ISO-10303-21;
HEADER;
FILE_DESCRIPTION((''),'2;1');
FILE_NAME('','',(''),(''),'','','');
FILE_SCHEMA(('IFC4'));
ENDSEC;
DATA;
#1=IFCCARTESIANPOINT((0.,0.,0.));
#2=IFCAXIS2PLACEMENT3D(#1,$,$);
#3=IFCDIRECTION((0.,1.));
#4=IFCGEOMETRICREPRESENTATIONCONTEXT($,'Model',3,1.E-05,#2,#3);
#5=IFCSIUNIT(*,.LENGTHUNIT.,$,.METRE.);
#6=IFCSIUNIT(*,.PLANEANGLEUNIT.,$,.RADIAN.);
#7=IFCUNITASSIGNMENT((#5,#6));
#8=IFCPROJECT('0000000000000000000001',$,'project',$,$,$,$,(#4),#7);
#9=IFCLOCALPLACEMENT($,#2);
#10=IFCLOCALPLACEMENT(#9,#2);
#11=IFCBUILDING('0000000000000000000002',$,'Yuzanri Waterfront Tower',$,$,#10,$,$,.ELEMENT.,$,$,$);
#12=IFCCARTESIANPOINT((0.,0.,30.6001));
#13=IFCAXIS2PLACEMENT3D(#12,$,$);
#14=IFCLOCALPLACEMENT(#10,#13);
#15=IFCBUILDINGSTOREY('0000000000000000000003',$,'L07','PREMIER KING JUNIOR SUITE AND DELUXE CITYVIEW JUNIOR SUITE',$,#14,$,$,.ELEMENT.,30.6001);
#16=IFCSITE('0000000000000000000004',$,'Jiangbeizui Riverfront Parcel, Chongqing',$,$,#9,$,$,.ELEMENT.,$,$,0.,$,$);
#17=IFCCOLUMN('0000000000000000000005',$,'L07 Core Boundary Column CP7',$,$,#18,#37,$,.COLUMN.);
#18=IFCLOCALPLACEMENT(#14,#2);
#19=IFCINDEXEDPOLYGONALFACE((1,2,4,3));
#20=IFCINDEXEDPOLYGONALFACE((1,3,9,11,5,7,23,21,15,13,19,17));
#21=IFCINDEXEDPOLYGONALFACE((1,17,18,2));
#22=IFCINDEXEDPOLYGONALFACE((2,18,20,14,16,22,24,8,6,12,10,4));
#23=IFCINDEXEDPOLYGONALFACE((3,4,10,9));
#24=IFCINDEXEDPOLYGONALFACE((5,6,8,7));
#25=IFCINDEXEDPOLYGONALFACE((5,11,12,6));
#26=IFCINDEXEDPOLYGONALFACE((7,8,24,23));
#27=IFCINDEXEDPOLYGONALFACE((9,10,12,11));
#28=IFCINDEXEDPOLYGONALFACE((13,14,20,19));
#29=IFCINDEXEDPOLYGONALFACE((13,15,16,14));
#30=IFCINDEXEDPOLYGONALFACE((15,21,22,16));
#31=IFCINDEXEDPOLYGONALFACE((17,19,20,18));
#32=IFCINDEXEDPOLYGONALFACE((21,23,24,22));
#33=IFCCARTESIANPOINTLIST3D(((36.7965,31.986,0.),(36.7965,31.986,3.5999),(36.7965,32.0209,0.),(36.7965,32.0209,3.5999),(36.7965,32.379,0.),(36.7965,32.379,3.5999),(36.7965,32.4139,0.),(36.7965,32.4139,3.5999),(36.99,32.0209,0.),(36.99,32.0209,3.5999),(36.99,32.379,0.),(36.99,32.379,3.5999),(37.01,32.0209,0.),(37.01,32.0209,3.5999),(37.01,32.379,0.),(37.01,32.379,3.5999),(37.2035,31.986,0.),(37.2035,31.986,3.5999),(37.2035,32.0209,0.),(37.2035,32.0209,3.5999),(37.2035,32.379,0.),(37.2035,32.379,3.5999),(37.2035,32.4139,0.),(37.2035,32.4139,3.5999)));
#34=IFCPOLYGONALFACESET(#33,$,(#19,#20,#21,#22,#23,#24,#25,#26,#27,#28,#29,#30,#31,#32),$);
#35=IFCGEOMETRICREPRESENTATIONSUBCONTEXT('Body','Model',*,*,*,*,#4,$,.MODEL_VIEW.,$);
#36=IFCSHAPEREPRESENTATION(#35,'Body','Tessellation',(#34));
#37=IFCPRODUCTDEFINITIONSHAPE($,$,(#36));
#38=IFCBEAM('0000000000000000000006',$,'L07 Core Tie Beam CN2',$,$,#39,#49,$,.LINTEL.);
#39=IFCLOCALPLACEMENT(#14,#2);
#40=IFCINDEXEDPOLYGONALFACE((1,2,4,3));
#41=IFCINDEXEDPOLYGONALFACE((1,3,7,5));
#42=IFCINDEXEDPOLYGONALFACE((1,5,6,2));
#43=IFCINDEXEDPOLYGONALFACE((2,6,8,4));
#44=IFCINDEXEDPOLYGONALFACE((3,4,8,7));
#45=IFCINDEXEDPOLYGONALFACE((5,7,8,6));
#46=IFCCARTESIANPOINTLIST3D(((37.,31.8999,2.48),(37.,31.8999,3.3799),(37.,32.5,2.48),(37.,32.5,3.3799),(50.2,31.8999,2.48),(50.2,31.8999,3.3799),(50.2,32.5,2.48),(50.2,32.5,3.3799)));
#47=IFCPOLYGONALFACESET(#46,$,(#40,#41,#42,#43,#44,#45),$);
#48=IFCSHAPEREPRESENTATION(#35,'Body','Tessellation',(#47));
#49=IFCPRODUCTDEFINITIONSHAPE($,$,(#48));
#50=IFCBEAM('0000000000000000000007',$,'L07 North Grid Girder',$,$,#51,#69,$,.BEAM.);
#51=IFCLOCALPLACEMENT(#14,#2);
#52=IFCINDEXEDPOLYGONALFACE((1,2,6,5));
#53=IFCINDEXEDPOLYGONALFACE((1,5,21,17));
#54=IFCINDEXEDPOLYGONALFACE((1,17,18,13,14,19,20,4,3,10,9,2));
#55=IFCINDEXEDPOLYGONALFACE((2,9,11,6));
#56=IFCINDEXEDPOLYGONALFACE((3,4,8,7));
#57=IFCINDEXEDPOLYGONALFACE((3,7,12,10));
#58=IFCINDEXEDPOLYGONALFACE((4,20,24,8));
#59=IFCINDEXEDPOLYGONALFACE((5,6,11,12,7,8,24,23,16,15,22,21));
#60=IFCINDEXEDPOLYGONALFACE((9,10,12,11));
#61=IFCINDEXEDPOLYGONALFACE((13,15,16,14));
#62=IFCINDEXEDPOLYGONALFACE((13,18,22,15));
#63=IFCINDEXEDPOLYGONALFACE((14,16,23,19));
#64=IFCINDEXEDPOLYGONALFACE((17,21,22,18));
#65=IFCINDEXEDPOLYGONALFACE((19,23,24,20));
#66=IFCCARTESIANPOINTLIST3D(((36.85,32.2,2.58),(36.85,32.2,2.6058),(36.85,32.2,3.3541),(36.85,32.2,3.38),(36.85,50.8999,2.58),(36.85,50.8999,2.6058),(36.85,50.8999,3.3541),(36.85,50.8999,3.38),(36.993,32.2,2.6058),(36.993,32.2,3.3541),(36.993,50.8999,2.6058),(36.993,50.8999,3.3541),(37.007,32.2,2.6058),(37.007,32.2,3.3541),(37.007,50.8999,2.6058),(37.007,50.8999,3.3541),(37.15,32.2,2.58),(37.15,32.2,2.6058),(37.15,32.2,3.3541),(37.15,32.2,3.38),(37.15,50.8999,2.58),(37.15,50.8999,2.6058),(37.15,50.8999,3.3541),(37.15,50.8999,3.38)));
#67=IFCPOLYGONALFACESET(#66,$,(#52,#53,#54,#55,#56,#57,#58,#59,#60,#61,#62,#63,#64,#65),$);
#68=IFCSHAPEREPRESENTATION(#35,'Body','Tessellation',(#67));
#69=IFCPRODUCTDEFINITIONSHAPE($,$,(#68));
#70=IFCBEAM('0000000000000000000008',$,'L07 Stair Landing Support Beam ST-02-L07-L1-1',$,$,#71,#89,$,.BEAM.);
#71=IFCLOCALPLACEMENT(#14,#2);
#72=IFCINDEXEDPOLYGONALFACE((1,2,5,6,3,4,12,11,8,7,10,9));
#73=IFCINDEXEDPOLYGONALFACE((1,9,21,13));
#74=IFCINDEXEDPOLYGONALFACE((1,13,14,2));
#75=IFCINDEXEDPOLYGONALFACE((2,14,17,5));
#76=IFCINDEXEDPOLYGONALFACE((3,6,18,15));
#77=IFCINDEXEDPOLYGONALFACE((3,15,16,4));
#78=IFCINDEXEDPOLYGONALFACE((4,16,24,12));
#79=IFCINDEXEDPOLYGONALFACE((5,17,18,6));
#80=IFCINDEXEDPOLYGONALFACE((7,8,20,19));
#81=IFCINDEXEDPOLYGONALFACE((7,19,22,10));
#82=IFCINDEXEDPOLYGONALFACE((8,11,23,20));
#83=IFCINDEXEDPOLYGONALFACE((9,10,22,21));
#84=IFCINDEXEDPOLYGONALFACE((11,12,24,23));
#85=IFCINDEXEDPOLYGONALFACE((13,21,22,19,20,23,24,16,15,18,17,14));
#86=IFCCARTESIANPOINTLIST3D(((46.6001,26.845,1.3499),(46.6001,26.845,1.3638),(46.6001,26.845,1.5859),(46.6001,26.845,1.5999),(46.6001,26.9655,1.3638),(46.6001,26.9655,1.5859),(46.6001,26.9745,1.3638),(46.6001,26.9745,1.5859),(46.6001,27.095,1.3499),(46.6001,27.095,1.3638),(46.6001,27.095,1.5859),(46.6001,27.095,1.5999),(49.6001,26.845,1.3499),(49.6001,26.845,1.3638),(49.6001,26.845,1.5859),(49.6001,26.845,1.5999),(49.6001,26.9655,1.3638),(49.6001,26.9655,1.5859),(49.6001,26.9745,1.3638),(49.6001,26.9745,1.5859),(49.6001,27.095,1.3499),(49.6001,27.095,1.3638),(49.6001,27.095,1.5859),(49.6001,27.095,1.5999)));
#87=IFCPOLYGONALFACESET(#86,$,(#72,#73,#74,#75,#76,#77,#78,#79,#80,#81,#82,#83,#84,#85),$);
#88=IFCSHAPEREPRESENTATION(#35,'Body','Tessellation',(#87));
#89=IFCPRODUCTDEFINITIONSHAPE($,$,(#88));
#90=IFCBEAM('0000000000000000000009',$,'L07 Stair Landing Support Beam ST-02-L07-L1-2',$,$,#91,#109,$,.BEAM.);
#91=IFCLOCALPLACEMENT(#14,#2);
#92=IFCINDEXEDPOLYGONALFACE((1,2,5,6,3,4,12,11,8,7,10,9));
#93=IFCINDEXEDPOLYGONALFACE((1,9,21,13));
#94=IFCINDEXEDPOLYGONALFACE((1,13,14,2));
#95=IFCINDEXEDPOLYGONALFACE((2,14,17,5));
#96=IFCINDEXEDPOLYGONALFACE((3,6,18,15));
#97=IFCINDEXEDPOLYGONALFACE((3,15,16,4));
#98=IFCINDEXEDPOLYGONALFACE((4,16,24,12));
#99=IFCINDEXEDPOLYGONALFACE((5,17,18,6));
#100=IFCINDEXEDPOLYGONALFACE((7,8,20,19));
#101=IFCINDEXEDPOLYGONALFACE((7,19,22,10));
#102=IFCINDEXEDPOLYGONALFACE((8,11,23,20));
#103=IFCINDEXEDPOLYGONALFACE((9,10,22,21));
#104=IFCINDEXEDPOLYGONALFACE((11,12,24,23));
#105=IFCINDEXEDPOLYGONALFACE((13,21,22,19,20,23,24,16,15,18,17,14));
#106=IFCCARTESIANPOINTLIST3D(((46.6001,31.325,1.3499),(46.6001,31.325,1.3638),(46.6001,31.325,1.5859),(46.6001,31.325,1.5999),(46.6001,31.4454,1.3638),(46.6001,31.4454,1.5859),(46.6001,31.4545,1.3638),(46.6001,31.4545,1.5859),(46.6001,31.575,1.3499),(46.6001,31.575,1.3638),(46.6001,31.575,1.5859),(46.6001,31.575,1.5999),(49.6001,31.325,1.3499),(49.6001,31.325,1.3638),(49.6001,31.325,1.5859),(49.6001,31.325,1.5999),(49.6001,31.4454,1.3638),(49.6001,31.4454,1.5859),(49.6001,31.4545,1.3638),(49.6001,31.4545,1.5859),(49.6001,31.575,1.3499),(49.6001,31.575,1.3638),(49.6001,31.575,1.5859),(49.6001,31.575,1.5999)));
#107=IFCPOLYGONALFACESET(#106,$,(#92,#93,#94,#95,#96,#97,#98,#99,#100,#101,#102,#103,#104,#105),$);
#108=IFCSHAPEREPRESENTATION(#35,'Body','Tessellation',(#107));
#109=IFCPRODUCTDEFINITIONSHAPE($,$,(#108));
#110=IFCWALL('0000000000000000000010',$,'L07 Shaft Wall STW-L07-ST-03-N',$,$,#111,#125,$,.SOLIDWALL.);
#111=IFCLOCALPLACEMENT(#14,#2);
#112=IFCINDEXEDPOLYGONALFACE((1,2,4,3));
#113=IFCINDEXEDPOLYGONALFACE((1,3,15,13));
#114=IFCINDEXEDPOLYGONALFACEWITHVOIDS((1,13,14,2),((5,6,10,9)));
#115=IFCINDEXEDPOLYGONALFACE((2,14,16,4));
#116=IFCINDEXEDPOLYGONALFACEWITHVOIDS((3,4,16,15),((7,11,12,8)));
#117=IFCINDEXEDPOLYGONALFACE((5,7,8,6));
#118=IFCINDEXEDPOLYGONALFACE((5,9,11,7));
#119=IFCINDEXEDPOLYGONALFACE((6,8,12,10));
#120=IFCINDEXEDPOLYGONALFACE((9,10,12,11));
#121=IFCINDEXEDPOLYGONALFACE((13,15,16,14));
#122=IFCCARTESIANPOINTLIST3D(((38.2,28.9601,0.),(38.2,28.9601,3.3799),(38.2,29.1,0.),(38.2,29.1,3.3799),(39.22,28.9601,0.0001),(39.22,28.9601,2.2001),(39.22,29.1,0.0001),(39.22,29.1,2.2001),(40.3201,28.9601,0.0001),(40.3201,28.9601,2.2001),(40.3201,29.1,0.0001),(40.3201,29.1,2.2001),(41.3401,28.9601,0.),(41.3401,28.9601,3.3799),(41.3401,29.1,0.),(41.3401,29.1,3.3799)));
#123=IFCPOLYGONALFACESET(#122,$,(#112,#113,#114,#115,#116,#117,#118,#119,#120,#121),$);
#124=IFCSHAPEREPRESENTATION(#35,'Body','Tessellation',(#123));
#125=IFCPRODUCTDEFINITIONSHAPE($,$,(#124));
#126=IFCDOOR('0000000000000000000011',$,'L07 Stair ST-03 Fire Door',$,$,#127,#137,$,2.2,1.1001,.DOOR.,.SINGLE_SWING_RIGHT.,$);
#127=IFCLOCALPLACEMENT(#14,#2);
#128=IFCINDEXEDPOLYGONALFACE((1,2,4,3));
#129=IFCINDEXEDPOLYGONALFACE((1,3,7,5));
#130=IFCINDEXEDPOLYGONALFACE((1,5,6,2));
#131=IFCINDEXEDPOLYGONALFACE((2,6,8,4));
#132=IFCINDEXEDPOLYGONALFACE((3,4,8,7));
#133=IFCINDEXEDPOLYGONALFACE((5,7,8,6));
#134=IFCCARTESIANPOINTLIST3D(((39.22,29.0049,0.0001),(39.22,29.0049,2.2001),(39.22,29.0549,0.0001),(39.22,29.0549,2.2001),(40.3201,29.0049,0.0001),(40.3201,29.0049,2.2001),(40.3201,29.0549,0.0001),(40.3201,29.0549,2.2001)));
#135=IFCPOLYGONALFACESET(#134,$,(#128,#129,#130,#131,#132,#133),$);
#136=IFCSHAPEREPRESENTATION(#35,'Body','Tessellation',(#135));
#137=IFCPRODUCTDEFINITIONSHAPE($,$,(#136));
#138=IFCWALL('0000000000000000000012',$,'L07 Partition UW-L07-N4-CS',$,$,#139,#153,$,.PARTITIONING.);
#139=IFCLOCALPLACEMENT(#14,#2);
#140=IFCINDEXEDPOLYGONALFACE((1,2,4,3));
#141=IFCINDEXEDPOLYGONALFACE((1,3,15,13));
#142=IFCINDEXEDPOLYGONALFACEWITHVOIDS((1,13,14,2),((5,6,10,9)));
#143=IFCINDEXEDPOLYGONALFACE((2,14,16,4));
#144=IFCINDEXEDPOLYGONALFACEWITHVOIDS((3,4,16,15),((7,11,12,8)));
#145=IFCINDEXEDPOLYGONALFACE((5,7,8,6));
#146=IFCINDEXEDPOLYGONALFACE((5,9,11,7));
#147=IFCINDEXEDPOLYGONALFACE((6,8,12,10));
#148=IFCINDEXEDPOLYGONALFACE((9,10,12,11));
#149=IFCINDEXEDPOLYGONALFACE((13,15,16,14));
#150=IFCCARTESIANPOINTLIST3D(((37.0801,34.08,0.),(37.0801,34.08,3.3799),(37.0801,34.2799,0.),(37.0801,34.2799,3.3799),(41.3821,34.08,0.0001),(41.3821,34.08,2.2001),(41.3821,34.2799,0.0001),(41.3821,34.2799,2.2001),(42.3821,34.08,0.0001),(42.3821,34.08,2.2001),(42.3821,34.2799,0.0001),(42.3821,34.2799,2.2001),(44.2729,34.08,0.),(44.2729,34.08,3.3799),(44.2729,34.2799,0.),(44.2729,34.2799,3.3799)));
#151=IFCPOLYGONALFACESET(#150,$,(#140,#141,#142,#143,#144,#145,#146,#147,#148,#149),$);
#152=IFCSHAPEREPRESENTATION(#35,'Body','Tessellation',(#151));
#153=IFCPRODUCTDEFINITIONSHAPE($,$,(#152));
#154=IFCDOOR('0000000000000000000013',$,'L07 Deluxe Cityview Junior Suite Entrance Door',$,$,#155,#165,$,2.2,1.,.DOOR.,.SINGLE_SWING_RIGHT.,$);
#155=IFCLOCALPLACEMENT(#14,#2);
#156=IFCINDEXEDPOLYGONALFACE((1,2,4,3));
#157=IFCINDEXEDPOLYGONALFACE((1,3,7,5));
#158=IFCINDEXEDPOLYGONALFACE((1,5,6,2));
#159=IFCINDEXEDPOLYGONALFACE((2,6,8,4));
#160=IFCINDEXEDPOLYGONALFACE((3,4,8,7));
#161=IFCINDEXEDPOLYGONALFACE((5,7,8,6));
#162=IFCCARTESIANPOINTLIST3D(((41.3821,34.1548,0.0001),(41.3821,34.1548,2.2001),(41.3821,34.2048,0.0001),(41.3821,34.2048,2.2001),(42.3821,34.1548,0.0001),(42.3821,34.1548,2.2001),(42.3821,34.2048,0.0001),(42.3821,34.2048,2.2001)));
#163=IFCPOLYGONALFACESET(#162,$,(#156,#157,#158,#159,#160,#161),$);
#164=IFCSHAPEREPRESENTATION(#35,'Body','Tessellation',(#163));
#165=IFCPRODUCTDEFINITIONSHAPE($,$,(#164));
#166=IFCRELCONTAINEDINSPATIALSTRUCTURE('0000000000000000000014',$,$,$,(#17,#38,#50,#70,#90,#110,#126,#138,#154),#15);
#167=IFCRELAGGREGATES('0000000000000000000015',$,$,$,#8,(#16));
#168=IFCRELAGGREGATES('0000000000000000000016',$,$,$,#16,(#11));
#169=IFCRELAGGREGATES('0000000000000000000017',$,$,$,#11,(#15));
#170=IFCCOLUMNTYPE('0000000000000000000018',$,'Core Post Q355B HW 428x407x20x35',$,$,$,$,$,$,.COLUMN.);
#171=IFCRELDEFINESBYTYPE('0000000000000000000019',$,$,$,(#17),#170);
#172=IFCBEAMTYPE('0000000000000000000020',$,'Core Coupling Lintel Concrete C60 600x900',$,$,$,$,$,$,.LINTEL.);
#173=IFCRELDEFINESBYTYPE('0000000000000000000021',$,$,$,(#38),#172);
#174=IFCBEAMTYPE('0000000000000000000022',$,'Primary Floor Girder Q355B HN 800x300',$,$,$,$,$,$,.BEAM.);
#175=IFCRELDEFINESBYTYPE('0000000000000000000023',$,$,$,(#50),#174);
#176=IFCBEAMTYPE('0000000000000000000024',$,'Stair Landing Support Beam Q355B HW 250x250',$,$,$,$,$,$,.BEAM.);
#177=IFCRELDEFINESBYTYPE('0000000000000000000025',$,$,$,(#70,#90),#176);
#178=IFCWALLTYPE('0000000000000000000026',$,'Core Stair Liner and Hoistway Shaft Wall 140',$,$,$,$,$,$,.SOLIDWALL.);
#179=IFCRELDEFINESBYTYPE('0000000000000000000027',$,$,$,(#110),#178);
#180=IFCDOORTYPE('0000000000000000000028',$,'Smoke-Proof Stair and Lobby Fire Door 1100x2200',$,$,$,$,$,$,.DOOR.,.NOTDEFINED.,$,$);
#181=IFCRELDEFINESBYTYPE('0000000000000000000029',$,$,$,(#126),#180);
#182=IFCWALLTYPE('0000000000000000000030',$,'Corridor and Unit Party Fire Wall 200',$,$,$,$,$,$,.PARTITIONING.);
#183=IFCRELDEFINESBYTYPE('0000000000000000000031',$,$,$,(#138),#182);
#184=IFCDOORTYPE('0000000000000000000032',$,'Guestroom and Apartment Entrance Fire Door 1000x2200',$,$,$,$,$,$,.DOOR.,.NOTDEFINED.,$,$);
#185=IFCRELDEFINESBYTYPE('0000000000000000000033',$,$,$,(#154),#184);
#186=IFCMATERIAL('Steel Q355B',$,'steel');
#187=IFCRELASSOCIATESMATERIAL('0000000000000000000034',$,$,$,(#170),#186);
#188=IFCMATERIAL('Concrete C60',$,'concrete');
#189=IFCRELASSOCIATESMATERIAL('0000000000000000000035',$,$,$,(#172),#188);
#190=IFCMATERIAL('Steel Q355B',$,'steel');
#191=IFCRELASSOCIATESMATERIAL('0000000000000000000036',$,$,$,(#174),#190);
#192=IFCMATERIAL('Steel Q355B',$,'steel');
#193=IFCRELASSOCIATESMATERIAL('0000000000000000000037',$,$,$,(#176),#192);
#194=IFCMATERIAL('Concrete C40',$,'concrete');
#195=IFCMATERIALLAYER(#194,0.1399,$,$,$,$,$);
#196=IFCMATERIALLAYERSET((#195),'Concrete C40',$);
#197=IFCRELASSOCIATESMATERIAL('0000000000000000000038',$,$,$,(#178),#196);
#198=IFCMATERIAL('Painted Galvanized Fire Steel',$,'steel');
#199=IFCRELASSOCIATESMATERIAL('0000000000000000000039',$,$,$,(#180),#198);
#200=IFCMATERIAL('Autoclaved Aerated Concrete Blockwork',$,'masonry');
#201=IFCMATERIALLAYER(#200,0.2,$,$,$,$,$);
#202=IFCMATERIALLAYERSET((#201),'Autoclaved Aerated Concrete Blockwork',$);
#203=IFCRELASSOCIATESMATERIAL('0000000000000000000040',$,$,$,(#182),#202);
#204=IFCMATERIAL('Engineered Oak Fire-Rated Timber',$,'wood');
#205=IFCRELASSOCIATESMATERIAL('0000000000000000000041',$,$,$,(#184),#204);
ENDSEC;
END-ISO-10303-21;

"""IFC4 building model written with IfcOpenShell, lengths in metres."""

from ifc_helpers import new_model, si_unit, direction, frame, frame_2d, origin, origin_2d, place, context, subcontext, project, spatial, rectangle, i_section, extrude, source, transform, mapped, material, layer, layer_set, material_profile, profile_set, type_object, element, fill, save


model = new_model("IFC4")

# Units and contexts
model_context = context("Model", 3, precision=1e-05, world=origin(), true_north=direction((0.0, 1.0)))
body_context = subcontext(model_context, "Body", "Model", "MODEL_VIEW")
ifc_project = project(units=[si_unit("LENGTHUNIT", "METRE"), si_unit("PLANEANGLEUNIT", "RADIAN")], contexts=[model_context])

# Site, building, storey
site_placement = place(None, origin())
site = spatial("IfcSite", under=ifc_project, at=site_placement, Name="Jiangbeizui Riverfront Parcel, Chongqing", CompositionType="ELEMENT", RefElevation=0.0)
building_placement = place(site_placement, origin())
building = spatial("IfcBuilding", under=site, at=building_placement, Name="Yuzanri Waterfront Tower", CompositionType="ELEMENT")
storey_placement = place(building_placement, frame((0.0, 0.0, 30.6001)))
storey = spatial("IfcBuildingStorey", under=building, at=storey_placement, Name="L07", Description="PREMIER KING JUNIOR SUITE AND DELUXE CITYVIEW JUNIOR SUITE", CompositionType="ELEMENT", Elevation=30.6001)

# Column
ifc_material_1 = material(Name="Steel Q355B", Category="steel")
ifc_material_profile_1 = material_profile(ifc_material_1, i_section(OverallWidth=0.407, OverallDepth=0.428, WebThickness=0.02, FlangeThickness=0.0349, at=origin_2d()), Name="HW 428x407x20x35")
ifc_profile_set_1 = profile_set([ifc_material_profile_1], Name="Steel Q355B")
column_type = type_object("IfcColumnType", Name="Core Post Q355B HW 428x407x20x35", PredefinedType="COLUMN", material=ifc_profile_set_1)
shared_shape_1 = source(origin(), body_context, "Body", "SweptSolid", [
    extrude(i_section(OverallWidth=0.407, OverallDepth=0.428, WebThickness=0.02, FlangeThickness=0.0349, at=origin_2d()), origin(), (0.0, 0.0, 1.0), 3.5999),
])
column_placement = place(storey_placement, frame((37.0, 32.2, 0.0), z_axis=(0.0, 0.0, 1.0), x_axis=(1.0, 0.0, 0.0)))
element("IfcColumn", 1, at=column_placement, inside=storey, type_object=column_type, Name="L07 Core Boundary Column CP7", PredefinedType="COLUMN", context=body_context, shape_type="MappedRepresentation", body=[
    mapped(shared_shape_1, transform((0.0, 0.0, 0.0), scale=1.0)),
])

# Beams
ifc_material_2 = material(Name="Concrete C60", Category="concrete")
ifc_material_profile_2 = material_profile(ifc_material_2, rectangle(XDim=0.6001, YDim=0.8999, at=origin_2d()), Name="RC 600x900")
ifc_profile_set_2 = profile_set([ifc_material_profile_2], Name="Concrete C60")
beam_type_1 = type_object("IfcBeamType", Name="Core Coupling Lintel Concrete C60 600x900", PredefinedType="LINTEL", material=ifc_profile_set_2)
shared_shape_2 = source(origin(), body_context, "Body", "SweptSolid", [
    extrude(rectangle(XDim=0.6001, YDim=0.8999, at=origin_2d()), origin(), (0.0, 0.0, 1.0), 13.2),
])
beam_1_placement = place(storey_placement, frame((37.0, 32.2, 2.9299), z_axis=(1.0, 0.0, 0.0), x_axis=(0.0, 1.0, 0.0)))
element("IfcBeam", 2, at=beam_1_placement, inside=storey, type_object=beam_type_1, Name="L07 Core Tie Beam CN2", PredefinedType="LINTEL", context=body_context, shape_type="MappedRepresentation", body=[
    mapped(shared_shape_2, transform((0.0, 0.0, 0.0), scale=1.0)),
])
ifc_material_3 = material(Name="Steel Q355B", Category="steel")
ifc_material_profile_3 = material_profile(ifc_material_3, i_section(OverallWidth=0.3, OverallDepth=0.8, WebThickness=0.0139, FlangeThickness=0.0259, at=origin_2d()), Name="HN 800x300x14x26")
ifc_profile_set_3 = profile_set([ifc_material_profile_3], Name="Steel Q355B")
beam_type_2 = type_object("IfcBeamType", Name="Primary Floor Girder Q355B HN 800x300", PredefinedType="BEAM", material=ifc_profile_set_3)
shared_shape_3 = source(origin(), body_context, "Body", "SweptSolid", [
    extrude(i_section(OverallWidth=0.3, OverallDepth=0.8, WebThickness=0.0139, FlangeThickness=0.0259, at=origin_2d()), origin(), (0.0, 0.0, 1.0), 18.7),
])
beam_2_placement = place(storey_placement, frame((37.0, 32.2, 2.98), z_axis=(0.0, 1.0, 0.0), x_axis=(-1.0, 0.0, 0.0)))
element("IfcBeam", 3, at=beam_2_placement, inside=storey, type_object=beam_type_2, Name="L07 North Grid Girder", PredefinedType="BEAM", context=body_context, shape_type="MappedRepresentation", body=[
    mapped(shared_shape_3, transform((0.0, 0.0, 0.0), scale=1.0)),
])
ifc_material_4 = material(Name="Steel Q355B", Category="steel")
ifc_material_profile_4 = material_profile(ifc_material_4, i_section(OverallWidth=0.25, OverallDepth=0.25, WebThickness=0.009, FlangeThickness=0.0139, at=origin_2d()), Name="HW 250x250x9x14")
ifc_profile_set_4 = profile_set([ifc_material_profile_4], Name="Steel Q355B")
beam_type_3 = type_object("IfcBeamType", Name="Stair Landing Support Beam Q355B HW 250x250", PredefinedType="BEAM", material=ifc_profile_set_4)
shared_shape_4 = source(origin(), body_context, "Body", "SweptSolid", [
    extrude(i_section(OverallWidth=0.25, OverallDepth=0.25, WebThickness=0.009, FlangeThickness=0.0139, at=origin_2d()), origin(), (0.0, 0.0, 1.0), 3.0),
])
for number, where, z_axis, x_axis, name in (
    (4, (46.6001, 26.97, 1.4749), (1.0, 0.0, 0.0), (0.0, 1.0, 0.0), "L07 Stair Landing Support Beam ST-02-L07-L1-1"),
    (5, (46.6001, 31.45, 1.4749), (1.0, 0.0, 0.0), (0.0, 1.0, 0.0), "L07 Stair Landing Support Beam ST-02-L07-L1-2"),
):
    element("IfcBeam", number, at=place(storey_placement, frame(where, z_axis=z_axis, x_axis=x_axis)), inside=storey, type_object=beam_type_3, Name=name, PredefinedType="BEAM", context=body_context, shape_type="MappedRepresentation", body=[
        mapped(shared_shape_4, transform((0.0, 0.0, 0.0), scale=1.0)),
    ])

# Walls, openings, doors
ifc_material_5 = material(Name="Concrete C40", Category="concrete")
ifc_layer_1 = layer(ifc_material_5, 0.1399)
ifc_layer_set_1 = layer_set([ifc_layer_1], Name="Concrete C40")
wall_type_1 = type_object("IfcWallType", Name="Core Stair Liner and Hoistway Shaft Wall 140", PredefinedType="SOLIDWALL", material=ifc_layer_set_1)
wall_1_placement = place(storey_placement, frame((38.2, 29.03, 0.0), z_axis=(0.0, 0.0, 1.0), x_axis=(1.0, 0.0, 0.0)))
wall_1 = element("IfcWall", 6, at=wall_1_placement, inside=storey, type_object=wall_type_1, Name="L07 Shaft Wall STW-L07-ST-03-N", PredefinedType="SOLIDWALL", context=body_context, shape_type="SweptSolid", body=[
    extrude(rectangle(XDim=3.1401, YDim=0.1399, at=frame_2d((1.5701, 0.0))), origin(), (0.0, 0.0, 1.0), 3.3799),
])
opening_1_placement = place(wall_1_placement, frame((1.02, 0.0, 0.0)))
opening_1 = element("IfcOpeningElement", 7, at=opening_1_placement, cuts=wall_1, PredefinedType="OPENING", context=body_context, shape_type="SweptSolid", body=[
    extrude(rectangle(XDim=1.1001, YDim=2.2, at=frame_2d((0.55, 1.1001))), frame((0.0, 0.085, 0.0), z_axis=(0.0, -1.0, 0.0), x_axis=(1.0, 0.0, 0.0)), (0.0, 0.0, 1.0), 0.1697),
])
ifc_material_6 = material(Name="Painted Galvanized Fire Steel", Category="steel")
door_type_1 = type_object("IfcDoorType", Name="Smoke-Proof Stair and Lobby Fire Door 1100x2200", OperationType="NOTDEFINED", PredefinedType="DOOR", material=ifc_material_6)
shared_shape_5 = source(origin(), body_context, "Body", "SweptSolid", [
    extrude(rectangle(XDim=1.1001, YDim=2.2, at=frame_2d((0.55, 1.1001))), frame((0.0, 0.0249, 0.0), z_axis=(0.0, -1.0, 0.0), x_axis=(1.0, 0.0, 0.0)), (0.0, 0.0, 1.0), 0.05),
])
door_1_placement = place(opening_1_placement, origin())
door_1 = element("IfcDoor", 8, at=door_1_placement, inside=storey, type_object=door_type_1, Name="L07 Stair ST-03 Fire Door", OperationType="SINGLE_SWING_RIGHT", OverallHeight=2.2, OverallWidth=1.1001, PredefinedType="DOOR", context=body_context, shape_type="MappedRepresentation", body=[
    mapped(shared_shape_5, transform((0.0, 0.0, 0.0), scale=1.0)),
])
fill(opening_1, door_1)
ifc_material_7 = material(Name="Autoclaved Aerated Concrete Blockwork", Category="masonry")
ifc_layer_2 = layer(ifc_material_7, 0.2)
ifc_layer_set_2 = layer_set([ifc_layer_2], Name="Autoclaved Aerated Concrete Blockwork")
wall_type_2 = type_object("IfcWallType", Name="Corridor and Unit Party Fire Wall 200", PredefinedType="PARTITIONING", material=ifc_layer_set_2)
wall_2_placement = place(storey_placement, frame((37.0801, 34.1799, 0.0), z_axis=(0.0, 0.0, 1.0), x_axis=(1.0, 0.0, 0.0)))
wall_2 = element("IfcWall", 9, at=wall_2_placement, inside=storey, type_object=wall_type_2, Name="L07 Partition UW-L07-N4-CS", PredefinedType="PARTITIONING", context=body_context, shape_type="SweptSolid", body=[
    extrude(rectangle(XDim=7.1929, YDim=0.2, at=frame_2d((3.5964, 0.0))), origin(), (0.0, 0.0, 1.0), 3.3799),
])
opening_2_placement = place(wall_2_placement, frame((4.302, 0.0, 0.0)))
opening_2 = element("IfcOpeningElement", 10, at=opening_2_placement, cuts=wall_2, PredefinedType="OPENING", context=body_context, shape_type="SweptSolid", body=[
    extrude(rectangle(XDim=1.0, YDim=2.2, at=frame_2d((0.5, 1.1001))), frame((0.0, 0.1147, 0.0), z_axis=(0.0, -1.0, 0.0), x_axis=(1.0, 0.0, 0.0)), (0.0, 0.0, 1.0), 0.2297),
])
ifc_material_8 = material(Name="Engineered Oak Fire-Rated Timber", Category="wood")
door_type_2 = type_object("IfcDoorType", Name="Guestroom and Apartment Entrance Fire Door 1000x2200", OperationType="NOTDEFINED", PredefinedType="DOOR", material=ifc_material_8)
shared_shape_6 = source(origin(), body_context, "Body", "SweptSolid", [
    extrude(rectangle(XDim=1.0, YDim=2.2, at=frame_2d((0.5, 1.1001))), frame((0.0, 0.0249, 0.0), z_axis=(0.0, -1.0, 0.0), x_axis=(1.0, 0.0, 0.0)), (0.0, 0.0, 1.0), 0.05),
])
door_2_placement = place(opening_2_placement, origin())
door_2 = element("IfcDoor", 11, at=door_2_placement, inside=storey, type_object=door_type_2, Name="L07 Deluxe Cityview Junior Suite Entrance Door", OperationType="SINGLE_SWING_RIGHT", OverallHeight=2.2, OverallWidth=1.0, PredefinedType="DOOR", context=body_context, shape_type="MappedRepresentation", body=[
    mapped(shared_shape_6, transform((0.0, 0.0, 0.0), scale=1.0)),
])
fill(opening_2, door_2)

save(model, "model.ifc")
